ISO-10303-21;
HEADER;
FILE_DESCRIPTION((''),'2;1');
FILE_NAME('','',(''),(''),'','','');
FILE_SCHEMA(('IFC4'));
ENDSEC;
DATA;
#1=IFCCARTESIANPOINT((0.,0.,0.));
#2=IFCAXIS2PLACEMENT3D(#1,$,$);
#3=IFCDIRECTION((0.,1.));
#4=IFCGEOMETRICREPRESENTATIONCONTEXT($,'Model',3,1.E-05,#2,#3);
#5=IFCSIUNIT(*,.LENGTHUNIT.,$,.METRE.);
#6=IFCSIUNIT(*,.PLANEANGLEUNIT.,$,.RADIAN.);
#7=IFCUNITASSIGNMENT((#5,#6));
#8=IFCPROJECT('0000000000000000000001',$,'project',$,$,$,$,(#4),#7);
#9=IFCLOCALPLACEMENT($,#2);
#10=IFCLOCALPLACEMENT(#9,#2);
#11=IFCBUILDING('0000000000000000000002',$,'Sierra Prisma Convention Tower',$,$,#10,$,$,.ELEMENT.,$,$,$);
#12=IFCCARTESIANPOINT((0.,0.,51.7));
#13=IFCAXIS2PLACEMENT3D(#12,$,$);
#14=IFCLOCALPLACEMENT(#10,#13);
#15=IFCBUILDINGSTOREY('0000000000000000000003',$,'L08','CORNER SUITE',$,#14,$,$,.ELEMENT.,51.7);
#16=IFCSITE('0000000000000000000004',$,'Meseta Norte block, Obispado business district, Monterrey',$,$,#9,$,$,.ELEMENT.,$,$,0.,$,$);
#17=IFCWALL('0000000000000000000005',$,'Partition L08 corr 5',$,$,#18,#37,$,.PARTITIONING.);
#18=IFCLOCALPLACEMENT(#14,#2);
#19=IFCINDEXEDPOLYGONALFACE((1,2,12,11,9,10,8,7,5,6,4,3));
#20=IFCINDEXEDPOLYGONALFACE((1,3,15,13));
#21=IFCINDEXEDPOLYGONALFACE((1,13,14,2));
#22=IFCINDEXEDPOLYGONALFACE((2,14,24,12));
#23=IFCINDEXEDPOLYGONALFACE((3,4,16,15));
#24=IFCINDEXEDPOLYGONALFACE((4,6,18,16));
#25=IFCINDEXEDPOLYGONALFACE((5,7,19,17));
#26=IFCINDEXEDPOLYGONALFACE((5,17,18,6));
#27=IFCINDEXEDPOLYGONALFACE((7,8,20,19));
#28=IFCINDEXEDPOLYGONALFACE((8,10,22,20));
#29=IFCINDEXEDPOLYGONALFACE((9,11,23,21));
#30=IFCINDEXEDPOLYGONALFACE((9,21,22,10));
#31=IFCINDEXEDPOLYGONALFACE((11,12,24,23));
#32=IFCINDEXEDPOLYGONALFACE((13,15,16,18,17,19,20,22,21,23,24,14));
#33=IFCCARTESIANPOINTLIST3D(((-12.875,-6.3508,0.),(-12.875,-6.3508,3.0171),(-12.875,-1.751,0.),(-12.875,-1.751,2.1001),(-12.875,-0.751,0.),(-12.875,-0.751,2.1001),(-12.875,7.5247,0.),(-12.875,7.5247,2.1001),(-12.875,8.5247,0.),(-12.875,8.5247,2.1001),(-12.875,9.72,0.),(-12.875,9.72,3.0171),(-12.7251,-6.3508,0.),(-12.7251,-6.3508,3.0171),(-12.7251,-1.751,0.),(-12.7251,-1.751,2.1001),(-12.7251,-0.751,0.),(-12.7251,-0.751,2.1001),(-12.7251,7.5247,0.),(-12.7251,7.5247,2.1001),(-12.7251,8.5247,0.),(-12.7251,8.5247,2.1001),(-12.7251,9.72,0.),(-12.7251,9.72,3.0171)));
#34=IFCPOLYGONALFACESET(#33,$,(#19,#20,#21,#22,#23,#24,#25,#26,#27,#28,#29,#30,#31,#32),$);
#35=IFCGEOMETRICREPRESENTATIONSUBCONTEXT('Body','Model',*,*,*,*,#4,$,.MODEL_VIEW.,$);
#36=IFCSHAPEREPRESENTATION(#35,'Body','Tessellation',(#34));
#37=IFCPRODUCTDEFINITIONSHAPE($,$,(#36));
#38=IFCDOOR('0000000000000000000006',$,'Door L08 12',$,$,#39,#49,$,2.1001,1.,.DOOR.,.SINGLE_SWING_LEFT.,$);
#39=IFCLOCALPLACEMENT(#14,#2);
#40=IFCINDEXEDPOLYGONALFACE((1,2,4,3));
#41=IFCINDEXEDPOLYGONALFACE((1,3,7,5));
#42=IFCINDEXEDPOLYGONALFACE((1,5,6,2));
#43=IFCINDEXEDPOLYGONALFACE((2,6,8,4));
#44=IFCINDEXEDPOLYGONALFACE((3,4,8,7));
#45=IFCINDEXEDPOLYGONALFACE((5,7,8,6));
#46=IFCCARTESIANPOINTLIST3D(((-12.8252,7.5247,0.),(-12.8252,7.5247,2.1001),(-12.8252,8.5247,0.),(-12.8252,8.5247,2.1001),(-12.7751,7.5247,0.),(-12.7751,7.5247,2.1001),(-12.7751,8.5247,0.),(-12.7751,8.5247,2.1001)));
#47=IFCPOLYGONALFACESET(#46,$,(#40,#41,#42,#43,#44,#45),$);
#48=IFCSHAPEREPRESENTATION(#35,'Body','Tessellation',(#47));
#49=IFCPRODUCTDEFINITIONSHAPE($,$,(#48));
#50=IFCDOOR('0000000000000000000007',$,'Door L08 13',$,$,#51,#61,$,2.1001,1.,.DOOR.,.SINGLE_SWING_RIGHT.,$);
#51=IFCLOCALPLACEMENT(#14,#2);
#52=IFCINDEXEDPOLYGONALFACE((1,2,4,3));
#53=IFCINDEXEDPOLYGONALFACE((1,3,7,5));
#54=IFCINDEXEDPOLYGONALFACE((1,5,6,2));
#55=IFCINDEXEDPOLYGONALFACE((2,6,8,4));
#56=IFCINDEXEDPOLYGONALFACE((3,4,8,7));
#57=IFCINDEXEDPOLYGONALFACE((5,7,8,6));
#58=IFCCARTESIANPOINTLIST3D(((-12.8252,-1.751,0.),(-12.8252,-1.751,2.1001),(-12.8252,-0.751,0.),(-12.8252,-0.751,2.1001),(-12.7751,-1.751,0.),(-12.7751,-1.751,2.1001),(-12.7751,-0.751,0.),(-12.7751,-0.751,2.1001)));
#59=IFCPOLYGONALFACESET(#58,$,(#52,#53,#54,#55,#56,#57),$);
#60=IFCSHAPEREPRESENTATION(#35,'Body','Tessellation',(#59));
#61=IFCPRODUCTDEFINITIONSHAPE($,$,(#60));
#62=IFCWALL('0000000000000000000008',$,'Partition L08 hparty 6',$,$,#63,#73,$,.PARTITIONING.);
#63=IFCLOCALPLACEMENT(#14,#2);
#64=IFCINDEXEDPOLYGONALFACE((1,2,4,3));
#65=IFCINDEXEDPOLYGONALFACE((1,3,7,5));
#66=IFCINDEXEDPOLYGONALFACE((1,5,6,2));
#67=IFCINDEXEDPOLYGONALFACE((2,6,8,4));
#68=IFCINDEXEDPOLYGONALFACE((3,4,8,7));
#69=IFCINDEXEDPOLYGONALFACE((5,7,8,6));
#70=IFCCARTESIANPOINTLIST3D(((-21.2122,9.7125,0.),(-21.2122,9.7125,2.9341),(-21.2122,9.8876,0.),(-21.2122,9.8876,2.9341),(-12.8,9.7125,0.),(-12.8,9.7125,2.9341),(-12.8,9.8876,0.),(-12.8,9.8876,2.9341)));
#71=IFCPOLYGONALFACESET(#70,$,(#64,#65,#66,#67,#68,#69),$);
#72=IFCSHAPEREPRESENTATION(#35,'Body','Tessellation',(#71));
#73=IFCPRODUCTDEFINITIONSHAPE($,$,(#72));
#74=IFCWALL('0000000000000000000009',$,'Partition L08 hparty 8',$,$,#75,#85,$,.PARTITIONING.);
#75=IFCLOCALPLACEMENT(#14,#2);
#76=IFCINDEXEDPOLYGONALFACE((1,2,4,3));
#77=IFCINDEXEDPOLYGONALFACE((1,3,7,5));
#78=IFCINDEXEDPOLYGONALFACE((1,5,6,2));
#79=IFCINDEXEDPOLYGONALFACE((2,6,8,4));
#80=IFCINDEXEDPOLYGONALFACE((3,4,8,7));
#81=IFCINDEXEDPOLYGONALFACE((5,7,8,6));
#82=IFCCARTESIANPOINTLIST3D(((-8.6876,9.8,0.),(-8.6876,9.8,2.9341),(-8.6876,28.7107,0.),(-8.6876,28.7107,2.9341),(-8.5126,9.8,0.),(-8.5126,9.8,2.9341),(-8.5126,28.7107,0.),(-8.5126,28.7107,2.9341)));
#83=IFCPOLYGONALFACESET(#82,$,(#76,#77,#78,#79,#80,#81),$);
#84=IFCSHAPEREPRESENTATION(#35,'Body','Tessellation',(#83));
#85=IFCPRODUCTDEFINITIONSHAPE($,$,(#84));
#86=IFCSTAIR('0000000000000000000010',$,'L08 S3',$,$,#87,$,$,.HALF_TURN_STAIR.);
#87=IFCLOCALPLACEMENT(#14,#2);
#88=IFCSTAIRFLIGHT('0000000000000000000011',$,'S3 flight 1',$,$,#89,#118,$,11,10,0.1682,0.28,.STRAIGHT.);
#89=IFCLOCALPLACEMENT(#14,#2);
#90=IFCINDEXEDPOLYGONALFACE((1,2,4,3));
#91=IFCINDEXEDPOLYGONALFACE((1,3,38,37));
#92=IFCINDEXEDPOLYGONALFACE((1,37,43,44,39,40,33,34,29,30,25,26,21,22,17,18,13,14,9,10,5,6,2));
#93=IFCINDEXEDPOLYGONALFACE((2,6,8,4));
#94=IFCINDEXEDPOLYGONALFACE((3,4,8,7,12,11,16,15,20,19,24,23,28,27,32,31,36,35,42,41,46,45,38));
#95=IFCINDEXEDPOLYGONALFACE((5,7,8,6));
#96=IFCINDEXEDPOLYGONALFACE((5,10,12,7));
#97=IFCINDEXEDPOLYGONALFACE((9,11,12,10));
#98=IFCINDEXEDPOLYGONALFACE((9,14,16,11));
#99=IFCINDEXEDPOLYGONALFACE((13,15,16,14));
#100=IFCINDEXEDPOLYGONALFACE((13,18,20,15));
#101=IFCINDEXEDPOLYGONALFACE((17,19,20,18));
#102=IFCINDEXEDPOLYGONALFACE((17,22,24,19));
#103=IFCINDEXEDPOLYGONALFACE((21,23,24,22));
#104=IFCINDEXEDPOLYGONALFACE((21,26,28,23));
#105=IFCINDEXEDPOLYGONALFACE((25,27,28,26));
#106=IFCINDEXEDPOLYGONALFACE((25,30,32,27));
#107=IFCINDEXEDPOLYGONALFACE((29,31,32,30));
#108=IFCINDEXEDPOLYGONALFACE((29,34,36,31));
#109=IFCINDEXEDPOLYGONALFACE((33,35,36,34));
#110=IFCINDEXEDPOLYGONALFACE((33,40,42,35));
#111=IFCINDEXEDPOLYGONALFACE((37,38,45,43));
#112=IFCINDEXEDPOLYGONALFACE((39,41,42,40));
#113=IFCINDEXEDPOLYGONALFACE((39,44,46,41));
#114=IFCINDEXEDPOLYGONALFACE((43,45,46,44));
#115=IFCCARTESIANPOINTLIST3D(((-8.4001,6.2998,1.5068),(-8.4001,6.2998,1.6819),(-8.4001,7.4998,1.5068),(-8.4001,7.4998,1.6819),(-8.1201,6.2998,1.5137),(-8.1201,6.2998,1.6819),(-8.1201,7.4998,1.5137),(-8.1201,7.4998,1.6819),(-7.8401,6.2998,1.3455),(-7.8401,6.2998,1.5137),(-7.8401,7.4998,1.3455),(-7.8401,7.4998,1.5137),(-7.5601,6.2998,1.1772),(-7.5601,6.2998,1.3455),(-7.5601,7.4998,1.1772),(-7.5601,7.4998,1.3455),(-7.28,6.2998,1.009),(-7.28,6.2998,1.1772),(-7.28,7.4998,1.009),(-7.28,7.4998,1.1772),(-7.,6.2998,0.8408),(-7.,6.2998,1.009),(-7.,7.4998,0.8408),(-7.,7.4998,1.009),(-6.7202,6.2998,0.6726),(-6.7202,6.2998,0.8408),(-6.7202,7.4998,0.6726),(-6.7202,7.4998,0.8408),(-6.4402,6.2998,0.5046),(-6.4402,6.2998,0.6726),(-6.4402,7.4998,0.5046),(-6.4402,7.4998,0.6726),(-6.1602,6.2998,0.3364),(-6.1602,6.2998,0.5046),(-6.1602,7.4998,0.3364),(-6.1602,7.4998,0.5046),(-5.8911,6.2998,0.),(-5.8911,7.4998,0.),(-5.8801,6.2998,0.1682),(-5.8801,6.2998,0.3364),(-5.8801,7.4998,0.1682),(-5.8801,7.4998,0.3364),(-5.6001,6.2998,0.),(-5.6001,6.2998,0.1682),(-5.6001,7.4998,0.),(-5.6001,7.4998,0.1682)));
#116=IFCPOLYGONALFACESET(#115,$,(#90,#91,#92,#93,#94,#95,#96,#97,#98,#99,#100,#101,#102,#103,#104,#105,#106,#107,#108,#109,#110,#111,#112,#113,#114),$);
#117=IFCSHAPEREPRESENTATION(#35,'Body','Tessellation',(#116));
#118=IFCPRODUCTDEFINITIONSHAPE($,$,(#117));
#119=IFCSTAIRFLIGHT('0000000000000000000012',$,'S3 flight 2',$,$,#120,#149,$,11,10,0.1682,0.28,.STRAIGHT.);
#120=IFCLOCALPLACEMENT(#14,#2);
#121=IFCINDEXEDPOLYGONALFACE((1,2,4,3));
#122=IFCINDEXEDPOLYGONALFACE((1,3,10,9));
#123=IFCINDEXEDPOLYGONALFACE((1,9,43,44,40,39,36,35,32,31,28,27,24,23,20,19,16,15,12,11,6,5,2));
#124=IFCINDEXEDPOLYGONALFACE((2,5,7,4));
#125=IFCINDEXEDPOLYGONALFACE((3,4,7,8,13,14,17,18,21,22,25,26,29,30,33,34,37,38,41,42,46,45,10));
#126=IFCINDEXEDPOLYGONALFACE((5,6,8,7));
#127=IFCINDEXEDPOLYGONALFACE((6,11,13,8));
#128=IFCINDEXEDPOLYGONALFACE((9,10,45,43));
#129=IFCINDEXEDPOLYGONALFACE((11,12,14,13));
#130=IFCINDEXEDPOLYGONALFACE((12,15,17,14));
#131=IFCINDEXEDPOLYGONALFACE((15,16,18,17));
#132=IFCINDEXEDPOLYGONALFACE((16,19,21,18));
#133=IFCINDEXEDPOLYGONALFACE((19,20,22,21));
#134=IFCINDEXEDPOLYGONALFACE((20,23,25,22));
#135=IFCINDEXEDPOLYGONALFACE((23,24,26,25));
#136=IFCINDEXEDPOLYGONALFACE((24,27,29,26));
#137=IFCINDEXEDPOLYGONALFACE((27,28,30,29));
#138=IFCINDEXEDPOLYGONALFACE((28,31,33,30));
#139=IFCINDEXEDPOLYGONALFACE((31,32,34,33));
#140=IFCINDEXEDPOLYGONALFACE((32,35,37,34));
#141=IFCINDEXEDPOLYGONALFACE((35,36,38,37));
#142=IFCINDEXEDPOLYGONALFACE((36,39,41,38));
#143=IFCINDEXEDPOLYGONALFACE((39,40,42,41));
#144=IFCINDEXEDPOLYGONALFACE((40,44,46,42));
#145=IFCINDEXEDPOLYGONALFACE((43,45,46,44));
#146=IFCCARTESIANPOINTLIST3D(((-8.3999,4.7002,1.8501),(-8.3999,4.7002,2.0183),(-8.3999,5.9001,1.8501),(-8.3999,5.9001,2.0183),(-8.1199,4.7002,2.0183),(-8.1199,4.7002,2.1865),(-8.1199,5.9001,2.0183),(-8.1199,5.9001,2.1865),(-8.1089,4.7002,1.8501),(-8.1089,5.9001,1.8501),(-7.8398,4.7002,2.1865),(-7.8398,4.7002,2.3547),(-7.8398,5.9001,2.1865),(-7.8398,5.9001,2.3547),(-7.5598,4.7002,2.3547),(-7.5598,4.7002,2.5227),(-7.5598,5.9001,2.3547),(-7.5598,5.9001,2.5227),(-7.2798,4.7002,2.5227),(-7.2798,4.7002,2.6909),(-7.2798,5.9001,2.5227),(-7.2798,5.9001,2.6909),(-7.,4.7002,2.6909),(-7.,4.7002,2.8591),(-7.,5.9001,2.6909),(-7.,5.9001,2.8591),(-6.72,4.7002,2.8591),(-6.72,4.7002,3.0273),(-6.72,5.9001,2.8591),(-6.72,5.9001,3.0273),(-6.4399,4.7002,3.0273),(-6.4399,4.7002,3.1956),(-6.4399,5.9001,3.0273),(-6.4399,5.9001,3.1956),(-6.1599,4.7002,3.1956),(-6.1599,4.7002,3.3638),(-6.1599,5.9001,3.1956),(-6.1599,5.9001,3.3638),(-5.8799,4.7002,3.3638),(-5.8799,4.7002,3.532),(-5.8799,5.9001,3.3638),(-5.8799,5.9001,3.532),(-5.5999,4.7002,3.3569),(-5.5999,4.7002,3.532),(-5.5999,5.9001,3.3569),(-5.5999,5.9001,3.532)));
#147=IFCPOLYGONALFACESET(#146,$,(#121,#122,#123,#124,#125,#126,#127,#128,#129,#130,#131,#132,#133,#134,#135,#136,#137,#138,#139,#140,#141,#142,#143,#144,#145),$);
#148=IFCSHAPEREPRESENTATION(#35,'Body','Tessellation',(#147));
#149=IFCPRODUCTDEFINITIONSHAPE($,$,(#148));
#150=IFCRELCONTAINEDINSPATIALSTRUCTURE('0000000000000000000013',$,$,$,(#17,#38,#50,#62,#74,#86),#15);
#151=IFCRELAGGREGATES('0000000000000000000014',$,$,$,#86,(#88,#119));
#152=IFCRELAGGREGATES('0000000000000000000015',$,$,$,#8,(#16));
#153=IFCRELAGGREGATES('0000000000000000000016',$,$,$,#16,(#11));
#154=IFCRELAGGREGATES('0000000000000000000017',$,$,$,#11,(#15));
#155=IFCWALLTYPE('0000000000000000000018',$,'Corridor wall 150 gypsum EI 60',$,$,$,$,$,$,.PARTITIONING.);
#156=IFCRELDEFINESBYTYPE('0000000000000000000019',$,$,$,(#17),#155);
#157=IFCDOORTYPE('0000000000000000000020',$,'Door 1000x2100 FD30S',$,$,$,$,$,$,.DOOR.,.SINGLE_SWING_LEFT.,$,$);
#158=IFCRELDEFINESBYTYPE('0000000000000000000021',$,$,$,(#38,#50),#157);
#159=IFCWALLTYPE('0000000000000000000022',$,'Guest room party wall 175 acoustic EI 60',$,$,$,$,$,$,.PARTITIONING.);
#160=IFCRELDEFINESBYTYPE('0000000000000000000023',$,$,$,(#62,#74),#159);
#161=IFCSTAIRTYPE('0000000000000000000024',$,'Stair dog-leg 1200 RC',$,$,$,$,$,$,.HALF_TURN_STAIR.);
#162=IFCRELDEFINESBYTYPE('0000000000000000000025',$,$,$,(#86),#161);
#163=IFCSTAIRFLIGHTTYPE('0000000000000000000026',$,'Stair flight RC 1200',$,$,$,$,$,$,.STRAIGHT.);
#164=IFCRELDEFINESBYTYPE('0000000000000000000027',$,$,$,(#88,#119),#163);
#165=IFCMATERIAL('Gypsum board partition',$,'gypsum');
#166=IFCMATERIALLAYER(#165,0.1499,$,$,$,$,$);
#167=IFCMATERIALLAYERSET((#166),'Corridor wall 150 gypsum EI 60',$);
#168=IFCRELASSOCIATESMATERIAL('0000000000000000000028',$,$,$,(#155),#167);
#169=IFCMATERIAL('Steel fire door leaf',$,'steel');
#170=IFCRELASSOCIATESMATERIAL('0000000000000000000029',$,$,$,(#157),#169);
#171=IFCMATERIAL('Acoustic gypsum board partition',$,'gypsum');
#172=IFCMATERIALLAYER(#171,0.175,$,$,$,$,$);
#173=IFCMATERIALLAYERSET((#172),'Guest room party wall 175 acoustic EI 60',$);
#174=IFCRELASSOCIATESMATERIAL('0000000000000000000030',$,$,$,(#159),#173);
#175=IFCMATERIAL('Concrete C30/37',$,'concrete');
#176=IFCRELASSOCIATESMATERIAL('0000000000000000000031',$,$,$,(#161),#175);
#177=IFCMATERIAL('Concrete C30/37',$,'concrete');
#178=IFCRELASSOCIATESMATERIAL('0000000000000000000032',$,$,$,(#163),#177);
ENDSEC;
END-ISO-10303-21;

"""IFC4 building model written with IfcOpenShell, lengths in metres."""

from ifc_helpers import new_model, si_unit, direction, frame, frame_2d, origin, place, context, subcontext, project, spatial, polyline, rectangle, outline, extrude, material, layer, layer_set, type_object, element, fill, aggregate, save


model = new_model("IFC4")

# Units and contexts
model_context = context("Model", 3, precision=1e-05, world=origin(), true_north=direction((0.0, 1.0)))
body_context = subcontext(model_context, "Body", "Model", "MODEL_VIEW")
ifc_project = project(units=[si_unit("LENGTHUNIT", "METRE"), si_unit("PLANEANGLEUNIT", "RADIAN")], contexts=[model_context])

# Site, building, storey
site_placement = place(None, origin())
site = spatial("IfcSite", under=ifc_project, at=site_placement, Name="Meseta Norte block, Obispado business district, Monterrey", CompositionType="ELEMENT", RefElevation=0.0)
building_placement = place(site_placement, origin())
building = spatial("IfcBuilding", under=site, at=building_placement, Name="Sierra Prisma Convention Tower", CompositionType="ELEMENT")
storey_placement = place(building_placement, frame((0.0, 0.0, 51.7)))
storey = spatial("IfcBuildingStorey", under=building, at=storey_placement, Name="L08", Description="CORNER SUITE", CompositionType="ELEMENT", Elevation=51.7)

# Wall, openings, doors
ifc_material_1 = material(Name="Gypsum board partition", Category="gypsum")
ifc_layer_1 = layer(ifc_material_1, 0.1499)
ifc_layer_set_1 = layer_set([ifc_layer_1], Name="Corridor wall 150 gypsum EI 60")
wall_type_1 = type_object("IfcWallType", Name="Corridor wall 150 gypsum EI 60", PredefinedType="PARTITIONING", material=ifc_layer_set_1)
wall_1_placement = place(storey_placement, frame((-12.8, 9.72, 0.0), z_axis=(0.0, 0.0, 1.0), x_axis=(0.0, -1.0, 0.0)))
wall_1 = element("IfcWall", 1, at=wall_1_placement, inside=storey, type_object=wall_type_1, Name="Partition L08 corr 5", PredefinedType="PARTITIONING", context=body_context, shape_type="SweptSolid", body=[
    extrude(rectangle(XDim=16.0708, YDim=0.1499, at=frame_2d((8.0354, 0.0))), origin(), (0.0, 0.0, 1.0), 3.0171),
])
opening_1_placement = place(wall_1_placement, frame((1.1953, 0.0, 0.0)))
opening_1 = element("IfcOpeningElement", 2, at=opening_1_placement, cuts=wall_1, PredefinedType="OPENING", context=body_context, shape_type="SweptSolid", body=[
    extrude(rectangle(XDim=1.0, YDim=2.1001, at=frame_2d((0.5, 1.05))), frame((0.0, 0.075, 0.0), z_axis=(0.0, -1.0, 0.0), x_axis=(1.0, 0.0, 0.0)), (0.0, 0.0, 1.0), 0.1499),
])
opening_2_placement = place(wall_1_placement, frame((10.4709, 0.0, 0.0)))
opening_2 = element("IfcOpeningElement", 3, at=opening_2_placement, cuts=wall_1, PredefinedType="OPENING", context=body_context, shape_type="SweptSolid", body=[
    extrude(rectangle(XDim=1.0, YDim=2.1001, at=frame_2d((0.5, 1.05))), frame((0.0, 0.075, 0.0), z_axis=(0.0, -1.0, 0.0), x_axis=(1.0, 0.0, 0.0)), (0.0, 0.0, 1.0), 0.1499),
])
ifc_material_2 = material(Name="Steel fire door leaf", Category="steel")
door_type_1 = type_object("IfcDoorType", Name="Door 1000x2100 FD30S", OperationType="SINGLE_SWING_LEFT", PredefinedType="DOOR", material=ifc_material_2)
door_1_placement = place(opening_1_placement, origin())
door_1 = element("IfcDoor", 4, at=door_1_placement, inside=storey, type_object=door_type_1, Name="Door L08 12", OperationType="SINGLE_SWING_LEFT", OverallHeight=2.1001, OverallWidth=1.0, PredefinedType="DOOR", context=body_context, shape_type="SweptSolid", body=[
    extrude(rectangle(XDim=1.0, YDim=2.1001, at=frame_2d((0.5, 1.05))), frame((0.0, 0.0249, 0.0), z_axis=(0.0, -1.0, 0.0), x_axis=(1.0, 0.0, 0.0)), (0.0, 0.0, 1.0), 0.05),
])
fill(opening_1, door_1)
door_2_placement = place(opening_2_placement, origin())
door_2 = element("IfcDoor", 5, at=door_2_placement, inside=storey, type_object=door_type_1, Name="Door L08 13", OperationType="SINGLE_SWING_RIGHT", OverallHeight=2.1001, OverallWidth=1.0, PredefinedType="DOOR", context=body_context, shape_type="SweptSolid", body=[
    extrude(rectangle(XDim=1.0, YDim=2.1001, at=frame_2d((0.5, 1.05))), frame((0.0, 0.0249, 0.0), z_axis=(0.0, -1.0, 0.0), x_axis=(1.0, 0.0, 0.0)), (0.0, 0.0, 1.0), 0.05),
])
fill(opening_2, door_2)

# Walls
ifc_material_3 = material(Name="Acoustic gypsum board partition", Category="gypsum")
ifc_layer_2 = layer(ifc_material_3, 0.175)
ifc_layer_set_2 = layer_set([ifc_layer_2], Name="Guest room party wall 175 acoustic EI 60")
wall_type_2 = type_object("IfcWallType", Name="Guest room party wall 175 acoustic EI 60", PredefinedType="PARTITIONING", material=ifc_layer_set_2)
wall_2_placement = place(storey_placement, frame((-12.8, 9.8, 0.0), z_axis=(0.0, 0.0, 1.0), x_axis=(-1.0, 0.0, 0.0)))
element("IfcWall", 6, at=wall_2_placement, inside=storey, type_object=wall_type_2, Name="Partition L08 hparty 6", PredefinedType="PARTITIONING", context=body_context, shape_type="SweptSolid", body=[
    extrude(rectangle(XDim=8.4121, YDim=0.175, at=frame_2d((4.2061, 0.0))), origin(), (0.0, 0.0, 1.0), 2.9341),
])
wall_3_placement = place(storey_placement, frame((-8.6001, 9.8, 0.0), z_axis=(0.0, 0.0, 1.0), x_axis=(0.0, 1.0, 0.0)))
element("IfcWall", 7, at=wall_3_placement, inside=storey, type_object=wall_type_2, Name="Partition L08 hparty 8", PredefinedType="PARTITIONING", context=body_context, shape_type="SweptSolid", body=[
    extrude(rectangle(XDim=18.9106, YDim=0.175, at=frame_2d((9.4553, 0.0))), origin(), (0.0, 0.0, 1.0), 2.9341),
])

# Stair, stair flights
ifc_material_4 = material(Name="Concrete C30/37", Category="concrete")
stair_type = type_object("IfcStairType", Name="Stair dog-leg 1200 RC", PredefinedType="HALF_TURN_STAIR", material=ifc_material_4)
stair_placement = place(storey_placement, origin())
stair = element("IfcStair", 8, at=stair_placement, inside=storey, type_object=stair_type, Name="L08 S3", PredefinedType="HALF_TURN_STAIR")
ifc_material_5 = material(Name="Concrete C30/37", Category="concrete")
stair_flight_type = type_object("IfcStairFlightType", Name="Stair flight RC 1200", PredefinedType="STRAIGHT", material=ifc_material_5)
stair_flight_1_placement = place(storey_placement, frame((-5.6001, 6.8999, 0.0), z_axis=(0.0, 0.0, 1.0), x_axis=(-1.0, 0.0, 0.0)))
stair_flight_1 = element("IfcStairFlight", 9, at=stair_flight_1_placement, type_object=stair_flight_type, Name="S3 flight 1", NumberOfRisers=11, NumberOfTreads=10, PredefinedType="STRAIGHT", RiserHeight=0.1682, TreadLength=0.28, context=body_context, shape_type="SweptSolid", body=[
    extrude(outline(polyline([(0.0, 0.0), (0.0, 0.1682), (0.28, 0.1682), (0.28, 0.3364), (0.5601, 0.3364), (0.5601, 0.5046), (0.8401, 0.5046), (0.8401, 0.6726), (1.1201, 0.6726), (1.1201, 0.8408), (1.3999, 0.8408), (1.3999, 1.009), (1.6799, 1.009), (1.6799, 1.1772), (1.96, 1.1772), (1.96, 1.3455), (2.24, 1.3455), (2.24, 1.5137), (2.52, 1.5137), (2.52, 1.6819), (2.8, 1.6819), (2.8, 1.8501), (2.8, 1.5068), (0.291, 0.0), (0.0, 0.0)])), frame((0.0, 0.6001, 0.0), z_axis=(0.0, -1.0, 0.0), x_axis=(1.0, 0.0, 0.0)), (0.0, 0.0, 1.0), 1.2),
])
stair_flight_2_placement = place(storey_placement, frame((-8.3999, 5.3, 1.8501), z_axis=(0.0, 0.0, 1.0), x_axis=(1.0, 0.0, 0.0)))
stair_flight_2 = element("IfcStairFlight", 10, at=stair_flight_2_placement, type_object=stair_flight_type, Name="S3 flight 2", NumberOfRisers=11, NumberOfTreads=10, PredefinedType="STRAIGHT", RiserHeight=0.1682, TreadLength=0.28, context=body_context, shape_type="SweptSolid", body=[
    extrude(outline(polyline([(0.0, 0.0), (0.0, 0.1682), (0.28, 0.1682), (0.28, 0.3364), (0.5601, 0.3364), (0.5601, 0.5046), (0.8401, 0.5046), (0.8401, 0.6726), (1.1201, 0.6726), (1.1201, 0.8408), (1.3999, 0.8408), (1.3999, 1.009), (1.6799, 1.009), (1.6799, 1.1772), (1.96, 1.1772), (1.96, 1.3455), (2.24, 1.3455), (2.24, 1.5137), (2.52, 1.5137), (2.52, 1.6819), (2.8, 1.6819), (2.8, 1.8501), (2.8, 1.5068), (0.291, 0.0), (0.0, 0.0)])), frame((0.0, 0.6001, 0.0), z_axis=(0.0, -1.0, 0.0), x_axis=(1.0, 0.0, 0.0)), (0.0, 0.0, 1.0), 1.2),
])
aggregate(stair, [stair_flight_1, stair_flight_2])

save(model, "model.ifc")
